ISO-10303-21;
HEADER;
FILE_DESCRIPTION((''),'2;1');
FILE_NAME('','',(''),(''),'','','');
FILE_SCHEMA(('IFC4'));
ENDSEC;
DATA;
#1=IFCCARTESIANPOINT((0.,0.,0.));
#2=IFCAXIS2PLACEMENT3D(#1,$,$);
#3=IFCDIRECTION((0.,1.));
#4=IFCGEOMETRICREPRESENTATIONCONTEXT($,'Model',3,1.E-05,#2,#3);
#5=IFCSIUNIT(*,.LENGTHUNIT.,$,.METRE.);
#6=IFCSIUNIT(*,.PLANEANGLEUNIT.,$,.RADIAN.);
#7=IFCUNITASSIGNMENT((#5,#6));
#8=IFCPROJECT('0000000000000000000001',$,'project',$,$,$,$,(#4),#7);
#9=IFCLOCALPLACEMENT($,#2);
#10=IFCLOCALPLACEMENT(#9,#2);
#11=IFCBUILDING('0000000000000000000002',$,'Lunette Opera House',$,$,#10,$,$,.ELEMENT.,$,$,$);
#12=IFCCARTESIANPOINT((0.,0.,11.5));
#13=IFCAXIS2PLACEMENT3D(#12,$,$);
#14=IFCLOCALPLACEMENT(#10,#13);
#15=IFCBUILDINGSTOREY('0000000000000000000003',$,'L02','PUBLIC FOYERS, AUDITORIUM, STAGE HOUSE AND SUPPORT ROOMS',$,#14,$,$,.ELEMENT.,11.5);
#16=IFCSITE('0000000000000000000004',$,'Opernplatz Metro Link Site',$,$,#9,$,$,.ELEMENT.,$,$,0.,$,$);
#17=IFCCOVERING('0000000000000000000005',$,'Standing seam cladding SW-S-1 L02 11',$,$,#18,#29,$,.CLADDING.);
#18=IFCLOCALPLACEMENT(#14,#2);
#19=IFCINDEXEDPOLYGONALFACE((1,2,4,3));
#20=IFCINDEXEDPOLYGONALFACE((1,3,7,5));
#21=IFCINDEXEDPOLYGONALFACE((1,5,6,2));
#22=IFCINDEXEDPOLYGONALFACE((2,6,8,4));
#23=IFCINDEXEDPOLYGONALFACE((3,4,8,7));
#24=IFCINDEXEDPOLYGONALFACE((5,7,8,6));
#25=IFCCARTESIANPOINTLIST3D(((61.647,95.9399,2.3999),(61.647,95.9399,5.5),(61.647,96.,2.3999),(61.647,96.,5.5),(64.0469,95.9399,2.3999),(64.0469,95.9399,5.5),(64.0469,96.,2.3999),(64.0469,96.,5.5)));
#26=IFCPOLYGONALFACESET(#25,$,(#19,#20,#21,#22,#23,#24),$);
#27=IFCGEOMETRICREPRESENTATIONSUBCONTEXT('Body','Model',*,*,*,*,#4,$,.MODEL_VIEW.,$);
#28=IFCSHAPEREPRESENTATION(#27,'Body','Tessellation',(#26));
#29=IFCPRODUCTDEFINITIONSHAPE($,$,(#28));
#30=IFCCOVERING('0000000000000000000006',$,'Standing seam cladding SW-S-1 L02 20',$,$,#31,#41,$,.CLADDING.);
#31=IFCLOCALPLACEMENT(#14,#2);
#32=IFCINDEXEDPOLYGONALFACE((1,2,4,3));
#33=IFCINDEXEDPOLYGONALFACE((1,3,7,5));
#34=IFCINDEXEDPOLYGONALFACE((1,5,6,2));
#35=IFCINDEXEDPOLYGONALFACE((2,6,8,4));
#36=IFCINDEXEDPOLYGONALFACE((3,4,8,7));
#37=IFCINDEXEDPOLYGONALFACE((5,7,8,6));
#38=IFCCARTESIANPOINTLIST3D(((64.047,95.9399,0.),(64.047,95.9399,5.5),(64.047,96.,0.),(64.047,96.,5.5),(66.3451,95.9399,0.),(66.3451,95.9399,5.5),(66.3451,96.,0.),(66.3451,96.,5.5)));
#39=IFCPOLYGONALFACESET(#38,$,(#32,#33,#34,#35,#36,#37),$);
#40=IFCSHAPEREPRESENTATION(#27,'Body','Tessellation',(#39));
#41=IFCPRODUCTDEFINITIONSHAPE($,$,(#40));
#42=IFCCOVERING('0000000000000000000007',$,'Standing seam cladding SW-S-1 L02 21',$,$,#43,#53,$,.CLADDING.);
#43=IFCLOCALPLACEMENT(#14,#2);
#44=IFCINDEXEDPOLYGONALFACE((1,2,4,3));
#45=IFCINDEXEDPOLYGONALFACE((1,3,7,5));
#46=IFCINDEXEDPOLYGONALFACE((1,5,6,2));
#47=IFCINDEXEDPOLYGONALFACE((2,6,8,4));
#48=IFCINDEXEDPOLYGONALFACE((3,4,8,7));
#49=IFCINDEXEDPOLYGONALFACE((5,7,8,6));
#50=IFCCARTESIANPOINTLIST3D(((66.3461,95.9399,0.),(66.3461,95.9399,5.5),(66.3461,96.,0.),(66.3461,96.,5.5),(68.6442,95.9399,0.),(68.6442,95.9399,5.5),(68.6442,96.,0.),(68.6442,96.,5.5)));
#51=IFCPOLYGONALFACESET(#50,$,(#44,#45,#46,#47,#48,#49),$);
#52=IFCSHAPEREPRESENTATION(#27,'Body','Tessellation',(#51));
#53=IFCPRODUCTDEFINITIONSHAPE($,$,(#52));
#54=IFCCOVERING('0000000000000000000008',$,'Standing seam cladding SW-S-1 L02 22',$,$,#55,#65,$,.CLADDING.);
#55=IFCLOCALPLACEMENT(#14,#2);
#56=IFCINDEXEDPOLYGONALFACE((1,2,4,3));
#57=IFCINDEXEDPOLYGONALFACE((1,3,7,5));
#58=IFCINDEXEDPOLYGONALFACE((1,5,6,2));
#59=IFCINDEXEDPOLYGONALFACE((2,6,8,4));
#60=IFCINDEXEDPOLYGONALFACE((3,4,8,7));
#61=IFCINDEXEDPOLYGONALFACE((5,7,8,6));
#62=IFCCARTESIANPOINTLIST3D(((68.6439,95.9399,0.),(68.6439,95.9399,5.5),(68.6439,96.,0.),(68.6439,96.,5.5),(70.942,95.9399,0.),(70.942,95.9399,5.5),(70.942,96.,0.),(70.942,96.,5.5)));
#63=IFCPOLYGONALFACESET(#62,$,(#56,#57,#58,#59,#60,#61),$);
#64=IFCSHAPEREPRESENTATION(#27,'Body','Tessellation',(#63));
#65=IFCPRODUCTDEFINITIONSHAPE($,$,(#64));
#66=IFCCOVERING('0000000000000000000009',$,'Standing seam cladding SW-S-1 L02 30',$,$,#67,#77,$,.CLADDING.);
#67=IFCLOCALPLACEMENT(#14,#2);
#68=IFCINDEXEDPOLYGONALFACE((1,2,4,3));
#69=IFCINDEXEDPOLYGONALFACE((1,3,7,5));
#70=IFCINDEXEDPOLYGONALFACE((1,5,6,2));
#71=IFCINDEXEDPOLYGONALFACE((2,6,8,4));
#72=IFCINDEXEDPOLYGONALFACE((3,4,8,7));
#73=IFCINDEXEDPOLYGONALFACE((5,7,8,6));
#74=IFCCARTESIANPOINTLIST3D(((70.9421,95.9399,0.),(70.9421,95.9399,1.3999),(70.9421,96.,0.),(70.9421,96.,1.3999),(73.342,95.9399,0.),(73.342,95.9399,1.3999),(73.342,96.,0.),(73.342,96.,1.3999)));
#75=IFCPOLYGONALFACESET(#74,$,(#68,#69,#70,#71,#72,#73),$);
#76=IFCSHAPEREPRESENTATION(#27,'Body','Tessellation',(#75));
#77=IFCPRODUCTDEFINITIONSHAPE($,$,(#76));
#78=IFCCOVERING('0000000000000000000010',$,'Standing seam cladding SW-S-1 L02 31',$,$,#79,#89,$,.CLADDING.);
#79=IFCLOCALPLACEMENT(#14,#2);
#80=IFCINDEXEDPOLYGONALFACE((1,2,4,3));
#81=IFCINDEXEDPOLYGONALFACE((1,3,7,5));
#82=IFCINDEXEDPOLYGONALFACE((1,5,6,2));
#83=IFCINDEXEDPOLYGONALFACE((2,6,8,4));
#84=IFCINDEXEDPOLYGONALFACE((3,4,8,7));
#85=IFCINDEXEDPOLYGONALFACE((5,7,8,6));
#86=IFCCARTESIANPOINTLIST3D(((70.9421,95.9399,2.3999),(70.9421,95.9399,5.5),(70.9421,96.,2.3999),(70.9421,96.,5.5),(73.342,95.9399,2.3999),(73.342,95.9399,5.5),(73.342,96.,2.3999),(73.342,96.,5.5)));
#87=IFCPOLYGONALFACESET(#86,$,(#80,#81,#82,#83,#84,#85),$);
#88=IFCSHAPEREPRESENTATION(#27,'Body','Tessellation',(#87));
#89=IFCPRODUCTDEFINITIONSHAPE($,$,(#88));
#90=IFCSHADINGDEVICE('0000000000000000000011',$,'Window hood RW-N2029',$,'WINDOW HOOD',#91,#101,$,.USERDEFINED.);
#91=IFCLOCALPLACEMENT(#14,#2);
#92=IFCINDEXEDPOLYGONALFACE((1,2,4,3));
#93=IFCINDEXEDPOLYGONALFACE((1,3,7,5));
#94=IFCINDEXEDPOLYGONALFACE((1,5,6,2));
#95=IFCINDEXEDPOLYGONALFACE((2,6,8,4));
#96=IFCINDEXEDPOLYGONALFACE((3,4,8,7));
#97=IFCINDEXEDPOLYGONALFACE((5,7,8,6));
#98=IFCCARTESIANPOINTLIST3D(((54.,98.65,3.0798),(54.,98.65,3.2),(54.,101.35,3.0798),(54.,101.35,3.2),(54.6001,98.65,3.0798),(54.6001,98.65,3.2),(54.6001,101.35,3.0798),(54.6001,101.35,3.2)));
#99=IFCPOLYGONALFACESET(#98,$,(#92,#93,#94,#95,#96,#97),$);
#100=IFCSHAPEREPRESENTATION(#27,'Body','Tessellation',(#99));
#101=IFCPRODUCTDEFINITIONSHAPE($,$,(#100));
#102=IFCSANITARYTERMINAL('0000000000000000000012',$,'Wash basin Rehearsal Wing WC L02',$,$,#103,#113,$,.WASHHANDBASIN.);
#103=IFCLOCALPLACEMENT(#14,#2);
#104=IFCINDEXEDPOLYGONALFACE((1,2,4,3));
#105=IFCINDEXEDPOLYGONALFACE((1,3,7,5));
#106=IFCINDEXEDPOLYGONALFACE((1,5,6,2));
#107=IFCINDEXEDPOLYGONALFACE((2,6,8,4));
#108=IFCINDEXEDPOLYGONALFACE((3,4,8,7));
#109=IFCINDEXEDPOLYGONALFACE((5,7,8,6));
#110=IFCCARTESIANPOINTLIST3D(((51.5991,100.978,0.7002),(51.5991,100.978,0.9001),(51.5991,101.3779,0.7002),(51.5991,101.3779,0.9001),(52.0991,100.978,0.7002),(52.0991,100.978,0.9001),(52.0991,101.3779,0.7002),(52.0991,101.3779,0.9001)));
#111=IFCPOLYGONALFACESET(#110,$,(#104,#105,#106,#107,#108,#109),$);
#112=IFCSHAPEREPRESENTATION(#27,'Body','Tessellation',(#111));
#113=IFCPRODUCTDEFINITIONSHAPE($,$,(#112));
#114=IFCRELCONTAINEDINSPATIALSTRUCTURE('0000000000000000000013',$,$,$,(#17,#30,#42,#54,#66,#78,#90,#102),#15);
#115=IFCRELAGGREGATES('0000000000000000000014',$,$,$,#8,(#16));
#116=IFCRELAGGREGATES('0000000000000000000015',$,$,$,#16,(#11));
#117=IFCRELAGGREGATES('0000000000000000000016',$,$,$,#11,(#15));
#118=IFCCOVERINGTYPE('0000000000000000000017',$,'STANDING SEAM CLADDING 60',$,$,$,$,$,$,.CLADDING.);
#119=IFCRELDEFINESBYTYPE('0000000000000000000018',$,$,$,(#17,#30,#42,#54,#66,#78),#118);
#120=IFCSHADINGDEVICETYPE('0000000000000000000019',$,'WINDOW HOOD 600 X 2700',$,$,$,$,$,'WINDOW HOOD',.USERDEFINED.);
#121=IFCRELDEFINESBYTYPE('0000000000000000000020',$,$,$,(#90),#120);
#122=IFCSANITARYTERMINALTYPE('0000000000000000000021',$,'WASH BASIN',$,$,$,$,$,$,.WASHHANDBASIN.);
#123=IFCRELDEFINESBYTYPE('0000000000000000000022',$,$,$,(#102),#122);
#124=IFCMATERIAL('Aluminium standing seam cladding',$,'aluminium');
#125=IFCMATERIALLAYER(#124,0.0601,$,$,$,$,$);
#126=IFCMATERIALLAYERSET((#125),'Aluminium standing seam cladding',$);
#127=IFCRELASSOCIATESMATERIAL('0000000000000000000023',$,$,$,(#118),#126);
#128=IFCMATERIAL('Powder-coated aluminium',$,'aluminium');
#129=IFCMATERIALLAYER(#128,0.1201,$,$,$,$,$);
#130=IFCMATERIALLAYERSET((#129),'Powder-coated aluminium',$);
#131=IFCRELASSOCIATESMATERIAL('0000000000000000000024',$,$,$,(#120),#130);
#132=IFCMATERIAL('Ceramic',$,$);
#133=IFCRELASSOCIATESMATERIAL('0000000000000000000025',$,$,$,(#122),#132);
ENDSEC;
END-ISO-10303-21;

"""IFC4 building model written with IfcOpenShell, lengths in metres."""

from ifc_helpers import new_model, si_unit, direction, frame, origin, origin_2d, place, context, subcontext, project, spatial, rectangle, extrude, material, layer, layer_set, type_object, element, save


model = new_model("IFC4")

# Units and contexts
model_context = context("Model", 3, precision=1e-05, world=origin(), true_north=direction((0.0, 1.0)))
body_context = subcontext(model_context, "Body", "Model", "MODEL_VIEW")
ifc_project = project(units=[si_unit("LENGTHUNIT", "METRE"), si_unit("PLANEANGLEUNIT", "RADIAN")], contexts=[model_context])

# Site, building, storey
site_placement = place(None, origin())
site = spatial("IfcSite", under=ifc_project, at=site_placement, Name="Opernplatz Metro Link Site", CompositionType="ELEMENT", RefElevation=0.0)
building_placement = place(site_placement, origin())
building = spatial("IfcBuilding", under=site, at=building_placement, Name="Lunette Opera House", CompositionType="ELEMENT")
storey_placement = place(building_placement, frame((0.0, 0.0, 11.5)))
storey = spatial("IfcBuildingStorey", under=building, at=storey_placement, Name="L02", Description="PUBLIC FOYERS, AUDITORIUM, STAGE HOUSE AND SUPPORT ROOMS", CompositionType="ELEMENT", Elevation=11.5)

# Coverings
ifc_material_1 = material(Name="Aluminium standing seam cladding", Category="aluminium")
ifc_layer_1 = layer(ifc_material_1, 0.0601)
ifc_layer_set_1 = layer_set([ifc_layer_1], Name="Aluminium standing seam cladding")
covering_type = type_object("IfcCoveringType", Name="STANDING SEAM CLADDING 60", PredefinedType="CLADDING", material=ifc_layer_set_1)
covering_1_placement = place(storey_placement, frame((62.8469, 95.97, 2.3999), z_axis=(0.0, 0.0, 1.0), x_axis=(1.0, 0.0, 0.0)))
element("IfcCovering", 1, at=covering_1_placement, inside=storey, type_object=covering_type, Name="Standing seam cladding SW-S-1 L02 11", PredefinedType="CLADDING", context=body_context, shape_type="SweptSolid", body=[
    extrude(rectangle(XDim=2.3999, YDim=0.0601, at=origin_2d()), origin(), (0.0, 0.0, 1.0), 3.1001),
])
for number, where, z_axis, x_axis, name in (
    (2, (65.196, 95.97, 0.0), (0.0, 0.0, 1.0), (1.0, 0.0, 0.0), "Standing seam cladding SW-S-1 L02 20"),
    (3, (67.4951, 95.97, 0.0), (0.0, 0.0, 1.0), (1.0, 0.0, 0.0), "Standing seam cladding SW-S-1 L02 21"),
    (4, (69.793, 95.97, 0.0), (0.0, 0.0, 1.0), (1.0, 0.0, 0.0), "Standing seam cladding SW-S-1 L02 22"),
):
    element("IfcCovering", number, at=place(storey_placement, frame(where, z_axis=z_axis, x_axis=x_axis)), inside=storey, type_object=covering_type, Name=name, PredefinedType="CLADDING", context=body_context, shape_type="SweptSolid", body=[
        extrude(rectangle(XDim=2.2981, YDim=0.0601, at=origin_2d()), origin(), (0.0, 0.0, 1.0), 5.5),
    ])
covering_2_placement = place(storey_placement, frame((72.1421, 95.97, 0.0), z_axis=(0.0, 0.0, 1.0), x_axis=(1.0, 0.0, 0.0)))
element("IfcCovering", 5, at=covering_2_placement, inside=storey, type_object=covering_type, Name="Standing seam cladding SW-S-1 L02 30", PredefinedType="CLADDING", context=body_context, shape_type="SweptSolid", body=[
    extrude(rectangle(XDim=2.3999, YDim=0.0601, at=origin_2d()), origin(), (0.0, 0.0, 1.0), 1.3999),
])
covering_3_placement = place(storey_placement, frame((72.1421, 95.97, 2.3999), z_axis=(0.0, 0.0, 1.0), x_axis=(1.0, 0.0, 0.0)))
element("IfcCovering", 6, at=covering_3_placement, inside=storey, type_object=covering_type, Name="Standing seam cladding SW-S-1 L02 31", PredefinedType="CLADDING", context=body_context, shape_type="SweptSolid", body=[
    extrude(rectangle(XDim=2.3999, YDim=0.0601, at=origin_2d()), origin(), (0.0, 0.0, 1.0), 3.1001),
])

# Shading device
ifc_material_2 = material(Name="Powder-coated aluminium", Category="aluminium")
ifc_layer_2 = layer(ifc_material_2, 0.1201)
ifc_layer_set_2 = layer_set([ifc_layer_2], Name="Powder-coated aluminium")
shading_device_type = type_object("IfcShadingDeviceType", Name="WINDOW HOOD 600 X 2700", ElementType="WINDOW HOOD", PredefinedType="USERDEFINED", material=ifc_layer_set_2)
shading_device_placement = place(storey_placement, frame((54.3, 100.0, 3.0798), z_axis=(0.0, 0.0, 1.0), x_axis=(1.0, 0.0, 0.0)))
element("IfcShadingDevice", 7, at=shading_device_placement, inside=storey, type_object=shading_device_type, Name="Window hood RW-N2029", ObjectType="WINDOW HOOD", PredefinedType="USERDEFINED", context=body_context, shape_type="SweptSolid", body=[
    extrude(rectangle(XDim=0.6001, YDim=2.7, at=origin_2d()), origin(), (0.0, 0.0, 1.0), 0.1201),
])

# Sanitary terminal
ifc_material_3 = material(Name="Ceramic")
sanitary_terminal_type = type_object("IfcSanitaryTerminalType", Name="WASH BASIN", PredefinedType="WASHHANDBASIN", material=ifc_material_3)
sanitary_terminal_placement = place(storey_placement, frame((51.8491, 101.178, 0.7002), z_axis=(0.0, 0.0, 1.0), x_axis=(1.0, 0.0, 0.0)))
element("IfcSanitaryTerminal", 8, at=sanitary_terminal_placement, inside=storey, type_object=sanitary_terminal_type, Name="Wash basin Rehearsal Wing WC L02", PredefinedType="WASHHANDBASIN", context=body_context, shape_type="SweptSolid", body=[
    extrude(rectangle(XDim=0.5, YDim=0.3999, at=origin_2d()), origin(), (0.0, 0.0, 1.0), 0.2),
])

save(model, "model.ifc")
